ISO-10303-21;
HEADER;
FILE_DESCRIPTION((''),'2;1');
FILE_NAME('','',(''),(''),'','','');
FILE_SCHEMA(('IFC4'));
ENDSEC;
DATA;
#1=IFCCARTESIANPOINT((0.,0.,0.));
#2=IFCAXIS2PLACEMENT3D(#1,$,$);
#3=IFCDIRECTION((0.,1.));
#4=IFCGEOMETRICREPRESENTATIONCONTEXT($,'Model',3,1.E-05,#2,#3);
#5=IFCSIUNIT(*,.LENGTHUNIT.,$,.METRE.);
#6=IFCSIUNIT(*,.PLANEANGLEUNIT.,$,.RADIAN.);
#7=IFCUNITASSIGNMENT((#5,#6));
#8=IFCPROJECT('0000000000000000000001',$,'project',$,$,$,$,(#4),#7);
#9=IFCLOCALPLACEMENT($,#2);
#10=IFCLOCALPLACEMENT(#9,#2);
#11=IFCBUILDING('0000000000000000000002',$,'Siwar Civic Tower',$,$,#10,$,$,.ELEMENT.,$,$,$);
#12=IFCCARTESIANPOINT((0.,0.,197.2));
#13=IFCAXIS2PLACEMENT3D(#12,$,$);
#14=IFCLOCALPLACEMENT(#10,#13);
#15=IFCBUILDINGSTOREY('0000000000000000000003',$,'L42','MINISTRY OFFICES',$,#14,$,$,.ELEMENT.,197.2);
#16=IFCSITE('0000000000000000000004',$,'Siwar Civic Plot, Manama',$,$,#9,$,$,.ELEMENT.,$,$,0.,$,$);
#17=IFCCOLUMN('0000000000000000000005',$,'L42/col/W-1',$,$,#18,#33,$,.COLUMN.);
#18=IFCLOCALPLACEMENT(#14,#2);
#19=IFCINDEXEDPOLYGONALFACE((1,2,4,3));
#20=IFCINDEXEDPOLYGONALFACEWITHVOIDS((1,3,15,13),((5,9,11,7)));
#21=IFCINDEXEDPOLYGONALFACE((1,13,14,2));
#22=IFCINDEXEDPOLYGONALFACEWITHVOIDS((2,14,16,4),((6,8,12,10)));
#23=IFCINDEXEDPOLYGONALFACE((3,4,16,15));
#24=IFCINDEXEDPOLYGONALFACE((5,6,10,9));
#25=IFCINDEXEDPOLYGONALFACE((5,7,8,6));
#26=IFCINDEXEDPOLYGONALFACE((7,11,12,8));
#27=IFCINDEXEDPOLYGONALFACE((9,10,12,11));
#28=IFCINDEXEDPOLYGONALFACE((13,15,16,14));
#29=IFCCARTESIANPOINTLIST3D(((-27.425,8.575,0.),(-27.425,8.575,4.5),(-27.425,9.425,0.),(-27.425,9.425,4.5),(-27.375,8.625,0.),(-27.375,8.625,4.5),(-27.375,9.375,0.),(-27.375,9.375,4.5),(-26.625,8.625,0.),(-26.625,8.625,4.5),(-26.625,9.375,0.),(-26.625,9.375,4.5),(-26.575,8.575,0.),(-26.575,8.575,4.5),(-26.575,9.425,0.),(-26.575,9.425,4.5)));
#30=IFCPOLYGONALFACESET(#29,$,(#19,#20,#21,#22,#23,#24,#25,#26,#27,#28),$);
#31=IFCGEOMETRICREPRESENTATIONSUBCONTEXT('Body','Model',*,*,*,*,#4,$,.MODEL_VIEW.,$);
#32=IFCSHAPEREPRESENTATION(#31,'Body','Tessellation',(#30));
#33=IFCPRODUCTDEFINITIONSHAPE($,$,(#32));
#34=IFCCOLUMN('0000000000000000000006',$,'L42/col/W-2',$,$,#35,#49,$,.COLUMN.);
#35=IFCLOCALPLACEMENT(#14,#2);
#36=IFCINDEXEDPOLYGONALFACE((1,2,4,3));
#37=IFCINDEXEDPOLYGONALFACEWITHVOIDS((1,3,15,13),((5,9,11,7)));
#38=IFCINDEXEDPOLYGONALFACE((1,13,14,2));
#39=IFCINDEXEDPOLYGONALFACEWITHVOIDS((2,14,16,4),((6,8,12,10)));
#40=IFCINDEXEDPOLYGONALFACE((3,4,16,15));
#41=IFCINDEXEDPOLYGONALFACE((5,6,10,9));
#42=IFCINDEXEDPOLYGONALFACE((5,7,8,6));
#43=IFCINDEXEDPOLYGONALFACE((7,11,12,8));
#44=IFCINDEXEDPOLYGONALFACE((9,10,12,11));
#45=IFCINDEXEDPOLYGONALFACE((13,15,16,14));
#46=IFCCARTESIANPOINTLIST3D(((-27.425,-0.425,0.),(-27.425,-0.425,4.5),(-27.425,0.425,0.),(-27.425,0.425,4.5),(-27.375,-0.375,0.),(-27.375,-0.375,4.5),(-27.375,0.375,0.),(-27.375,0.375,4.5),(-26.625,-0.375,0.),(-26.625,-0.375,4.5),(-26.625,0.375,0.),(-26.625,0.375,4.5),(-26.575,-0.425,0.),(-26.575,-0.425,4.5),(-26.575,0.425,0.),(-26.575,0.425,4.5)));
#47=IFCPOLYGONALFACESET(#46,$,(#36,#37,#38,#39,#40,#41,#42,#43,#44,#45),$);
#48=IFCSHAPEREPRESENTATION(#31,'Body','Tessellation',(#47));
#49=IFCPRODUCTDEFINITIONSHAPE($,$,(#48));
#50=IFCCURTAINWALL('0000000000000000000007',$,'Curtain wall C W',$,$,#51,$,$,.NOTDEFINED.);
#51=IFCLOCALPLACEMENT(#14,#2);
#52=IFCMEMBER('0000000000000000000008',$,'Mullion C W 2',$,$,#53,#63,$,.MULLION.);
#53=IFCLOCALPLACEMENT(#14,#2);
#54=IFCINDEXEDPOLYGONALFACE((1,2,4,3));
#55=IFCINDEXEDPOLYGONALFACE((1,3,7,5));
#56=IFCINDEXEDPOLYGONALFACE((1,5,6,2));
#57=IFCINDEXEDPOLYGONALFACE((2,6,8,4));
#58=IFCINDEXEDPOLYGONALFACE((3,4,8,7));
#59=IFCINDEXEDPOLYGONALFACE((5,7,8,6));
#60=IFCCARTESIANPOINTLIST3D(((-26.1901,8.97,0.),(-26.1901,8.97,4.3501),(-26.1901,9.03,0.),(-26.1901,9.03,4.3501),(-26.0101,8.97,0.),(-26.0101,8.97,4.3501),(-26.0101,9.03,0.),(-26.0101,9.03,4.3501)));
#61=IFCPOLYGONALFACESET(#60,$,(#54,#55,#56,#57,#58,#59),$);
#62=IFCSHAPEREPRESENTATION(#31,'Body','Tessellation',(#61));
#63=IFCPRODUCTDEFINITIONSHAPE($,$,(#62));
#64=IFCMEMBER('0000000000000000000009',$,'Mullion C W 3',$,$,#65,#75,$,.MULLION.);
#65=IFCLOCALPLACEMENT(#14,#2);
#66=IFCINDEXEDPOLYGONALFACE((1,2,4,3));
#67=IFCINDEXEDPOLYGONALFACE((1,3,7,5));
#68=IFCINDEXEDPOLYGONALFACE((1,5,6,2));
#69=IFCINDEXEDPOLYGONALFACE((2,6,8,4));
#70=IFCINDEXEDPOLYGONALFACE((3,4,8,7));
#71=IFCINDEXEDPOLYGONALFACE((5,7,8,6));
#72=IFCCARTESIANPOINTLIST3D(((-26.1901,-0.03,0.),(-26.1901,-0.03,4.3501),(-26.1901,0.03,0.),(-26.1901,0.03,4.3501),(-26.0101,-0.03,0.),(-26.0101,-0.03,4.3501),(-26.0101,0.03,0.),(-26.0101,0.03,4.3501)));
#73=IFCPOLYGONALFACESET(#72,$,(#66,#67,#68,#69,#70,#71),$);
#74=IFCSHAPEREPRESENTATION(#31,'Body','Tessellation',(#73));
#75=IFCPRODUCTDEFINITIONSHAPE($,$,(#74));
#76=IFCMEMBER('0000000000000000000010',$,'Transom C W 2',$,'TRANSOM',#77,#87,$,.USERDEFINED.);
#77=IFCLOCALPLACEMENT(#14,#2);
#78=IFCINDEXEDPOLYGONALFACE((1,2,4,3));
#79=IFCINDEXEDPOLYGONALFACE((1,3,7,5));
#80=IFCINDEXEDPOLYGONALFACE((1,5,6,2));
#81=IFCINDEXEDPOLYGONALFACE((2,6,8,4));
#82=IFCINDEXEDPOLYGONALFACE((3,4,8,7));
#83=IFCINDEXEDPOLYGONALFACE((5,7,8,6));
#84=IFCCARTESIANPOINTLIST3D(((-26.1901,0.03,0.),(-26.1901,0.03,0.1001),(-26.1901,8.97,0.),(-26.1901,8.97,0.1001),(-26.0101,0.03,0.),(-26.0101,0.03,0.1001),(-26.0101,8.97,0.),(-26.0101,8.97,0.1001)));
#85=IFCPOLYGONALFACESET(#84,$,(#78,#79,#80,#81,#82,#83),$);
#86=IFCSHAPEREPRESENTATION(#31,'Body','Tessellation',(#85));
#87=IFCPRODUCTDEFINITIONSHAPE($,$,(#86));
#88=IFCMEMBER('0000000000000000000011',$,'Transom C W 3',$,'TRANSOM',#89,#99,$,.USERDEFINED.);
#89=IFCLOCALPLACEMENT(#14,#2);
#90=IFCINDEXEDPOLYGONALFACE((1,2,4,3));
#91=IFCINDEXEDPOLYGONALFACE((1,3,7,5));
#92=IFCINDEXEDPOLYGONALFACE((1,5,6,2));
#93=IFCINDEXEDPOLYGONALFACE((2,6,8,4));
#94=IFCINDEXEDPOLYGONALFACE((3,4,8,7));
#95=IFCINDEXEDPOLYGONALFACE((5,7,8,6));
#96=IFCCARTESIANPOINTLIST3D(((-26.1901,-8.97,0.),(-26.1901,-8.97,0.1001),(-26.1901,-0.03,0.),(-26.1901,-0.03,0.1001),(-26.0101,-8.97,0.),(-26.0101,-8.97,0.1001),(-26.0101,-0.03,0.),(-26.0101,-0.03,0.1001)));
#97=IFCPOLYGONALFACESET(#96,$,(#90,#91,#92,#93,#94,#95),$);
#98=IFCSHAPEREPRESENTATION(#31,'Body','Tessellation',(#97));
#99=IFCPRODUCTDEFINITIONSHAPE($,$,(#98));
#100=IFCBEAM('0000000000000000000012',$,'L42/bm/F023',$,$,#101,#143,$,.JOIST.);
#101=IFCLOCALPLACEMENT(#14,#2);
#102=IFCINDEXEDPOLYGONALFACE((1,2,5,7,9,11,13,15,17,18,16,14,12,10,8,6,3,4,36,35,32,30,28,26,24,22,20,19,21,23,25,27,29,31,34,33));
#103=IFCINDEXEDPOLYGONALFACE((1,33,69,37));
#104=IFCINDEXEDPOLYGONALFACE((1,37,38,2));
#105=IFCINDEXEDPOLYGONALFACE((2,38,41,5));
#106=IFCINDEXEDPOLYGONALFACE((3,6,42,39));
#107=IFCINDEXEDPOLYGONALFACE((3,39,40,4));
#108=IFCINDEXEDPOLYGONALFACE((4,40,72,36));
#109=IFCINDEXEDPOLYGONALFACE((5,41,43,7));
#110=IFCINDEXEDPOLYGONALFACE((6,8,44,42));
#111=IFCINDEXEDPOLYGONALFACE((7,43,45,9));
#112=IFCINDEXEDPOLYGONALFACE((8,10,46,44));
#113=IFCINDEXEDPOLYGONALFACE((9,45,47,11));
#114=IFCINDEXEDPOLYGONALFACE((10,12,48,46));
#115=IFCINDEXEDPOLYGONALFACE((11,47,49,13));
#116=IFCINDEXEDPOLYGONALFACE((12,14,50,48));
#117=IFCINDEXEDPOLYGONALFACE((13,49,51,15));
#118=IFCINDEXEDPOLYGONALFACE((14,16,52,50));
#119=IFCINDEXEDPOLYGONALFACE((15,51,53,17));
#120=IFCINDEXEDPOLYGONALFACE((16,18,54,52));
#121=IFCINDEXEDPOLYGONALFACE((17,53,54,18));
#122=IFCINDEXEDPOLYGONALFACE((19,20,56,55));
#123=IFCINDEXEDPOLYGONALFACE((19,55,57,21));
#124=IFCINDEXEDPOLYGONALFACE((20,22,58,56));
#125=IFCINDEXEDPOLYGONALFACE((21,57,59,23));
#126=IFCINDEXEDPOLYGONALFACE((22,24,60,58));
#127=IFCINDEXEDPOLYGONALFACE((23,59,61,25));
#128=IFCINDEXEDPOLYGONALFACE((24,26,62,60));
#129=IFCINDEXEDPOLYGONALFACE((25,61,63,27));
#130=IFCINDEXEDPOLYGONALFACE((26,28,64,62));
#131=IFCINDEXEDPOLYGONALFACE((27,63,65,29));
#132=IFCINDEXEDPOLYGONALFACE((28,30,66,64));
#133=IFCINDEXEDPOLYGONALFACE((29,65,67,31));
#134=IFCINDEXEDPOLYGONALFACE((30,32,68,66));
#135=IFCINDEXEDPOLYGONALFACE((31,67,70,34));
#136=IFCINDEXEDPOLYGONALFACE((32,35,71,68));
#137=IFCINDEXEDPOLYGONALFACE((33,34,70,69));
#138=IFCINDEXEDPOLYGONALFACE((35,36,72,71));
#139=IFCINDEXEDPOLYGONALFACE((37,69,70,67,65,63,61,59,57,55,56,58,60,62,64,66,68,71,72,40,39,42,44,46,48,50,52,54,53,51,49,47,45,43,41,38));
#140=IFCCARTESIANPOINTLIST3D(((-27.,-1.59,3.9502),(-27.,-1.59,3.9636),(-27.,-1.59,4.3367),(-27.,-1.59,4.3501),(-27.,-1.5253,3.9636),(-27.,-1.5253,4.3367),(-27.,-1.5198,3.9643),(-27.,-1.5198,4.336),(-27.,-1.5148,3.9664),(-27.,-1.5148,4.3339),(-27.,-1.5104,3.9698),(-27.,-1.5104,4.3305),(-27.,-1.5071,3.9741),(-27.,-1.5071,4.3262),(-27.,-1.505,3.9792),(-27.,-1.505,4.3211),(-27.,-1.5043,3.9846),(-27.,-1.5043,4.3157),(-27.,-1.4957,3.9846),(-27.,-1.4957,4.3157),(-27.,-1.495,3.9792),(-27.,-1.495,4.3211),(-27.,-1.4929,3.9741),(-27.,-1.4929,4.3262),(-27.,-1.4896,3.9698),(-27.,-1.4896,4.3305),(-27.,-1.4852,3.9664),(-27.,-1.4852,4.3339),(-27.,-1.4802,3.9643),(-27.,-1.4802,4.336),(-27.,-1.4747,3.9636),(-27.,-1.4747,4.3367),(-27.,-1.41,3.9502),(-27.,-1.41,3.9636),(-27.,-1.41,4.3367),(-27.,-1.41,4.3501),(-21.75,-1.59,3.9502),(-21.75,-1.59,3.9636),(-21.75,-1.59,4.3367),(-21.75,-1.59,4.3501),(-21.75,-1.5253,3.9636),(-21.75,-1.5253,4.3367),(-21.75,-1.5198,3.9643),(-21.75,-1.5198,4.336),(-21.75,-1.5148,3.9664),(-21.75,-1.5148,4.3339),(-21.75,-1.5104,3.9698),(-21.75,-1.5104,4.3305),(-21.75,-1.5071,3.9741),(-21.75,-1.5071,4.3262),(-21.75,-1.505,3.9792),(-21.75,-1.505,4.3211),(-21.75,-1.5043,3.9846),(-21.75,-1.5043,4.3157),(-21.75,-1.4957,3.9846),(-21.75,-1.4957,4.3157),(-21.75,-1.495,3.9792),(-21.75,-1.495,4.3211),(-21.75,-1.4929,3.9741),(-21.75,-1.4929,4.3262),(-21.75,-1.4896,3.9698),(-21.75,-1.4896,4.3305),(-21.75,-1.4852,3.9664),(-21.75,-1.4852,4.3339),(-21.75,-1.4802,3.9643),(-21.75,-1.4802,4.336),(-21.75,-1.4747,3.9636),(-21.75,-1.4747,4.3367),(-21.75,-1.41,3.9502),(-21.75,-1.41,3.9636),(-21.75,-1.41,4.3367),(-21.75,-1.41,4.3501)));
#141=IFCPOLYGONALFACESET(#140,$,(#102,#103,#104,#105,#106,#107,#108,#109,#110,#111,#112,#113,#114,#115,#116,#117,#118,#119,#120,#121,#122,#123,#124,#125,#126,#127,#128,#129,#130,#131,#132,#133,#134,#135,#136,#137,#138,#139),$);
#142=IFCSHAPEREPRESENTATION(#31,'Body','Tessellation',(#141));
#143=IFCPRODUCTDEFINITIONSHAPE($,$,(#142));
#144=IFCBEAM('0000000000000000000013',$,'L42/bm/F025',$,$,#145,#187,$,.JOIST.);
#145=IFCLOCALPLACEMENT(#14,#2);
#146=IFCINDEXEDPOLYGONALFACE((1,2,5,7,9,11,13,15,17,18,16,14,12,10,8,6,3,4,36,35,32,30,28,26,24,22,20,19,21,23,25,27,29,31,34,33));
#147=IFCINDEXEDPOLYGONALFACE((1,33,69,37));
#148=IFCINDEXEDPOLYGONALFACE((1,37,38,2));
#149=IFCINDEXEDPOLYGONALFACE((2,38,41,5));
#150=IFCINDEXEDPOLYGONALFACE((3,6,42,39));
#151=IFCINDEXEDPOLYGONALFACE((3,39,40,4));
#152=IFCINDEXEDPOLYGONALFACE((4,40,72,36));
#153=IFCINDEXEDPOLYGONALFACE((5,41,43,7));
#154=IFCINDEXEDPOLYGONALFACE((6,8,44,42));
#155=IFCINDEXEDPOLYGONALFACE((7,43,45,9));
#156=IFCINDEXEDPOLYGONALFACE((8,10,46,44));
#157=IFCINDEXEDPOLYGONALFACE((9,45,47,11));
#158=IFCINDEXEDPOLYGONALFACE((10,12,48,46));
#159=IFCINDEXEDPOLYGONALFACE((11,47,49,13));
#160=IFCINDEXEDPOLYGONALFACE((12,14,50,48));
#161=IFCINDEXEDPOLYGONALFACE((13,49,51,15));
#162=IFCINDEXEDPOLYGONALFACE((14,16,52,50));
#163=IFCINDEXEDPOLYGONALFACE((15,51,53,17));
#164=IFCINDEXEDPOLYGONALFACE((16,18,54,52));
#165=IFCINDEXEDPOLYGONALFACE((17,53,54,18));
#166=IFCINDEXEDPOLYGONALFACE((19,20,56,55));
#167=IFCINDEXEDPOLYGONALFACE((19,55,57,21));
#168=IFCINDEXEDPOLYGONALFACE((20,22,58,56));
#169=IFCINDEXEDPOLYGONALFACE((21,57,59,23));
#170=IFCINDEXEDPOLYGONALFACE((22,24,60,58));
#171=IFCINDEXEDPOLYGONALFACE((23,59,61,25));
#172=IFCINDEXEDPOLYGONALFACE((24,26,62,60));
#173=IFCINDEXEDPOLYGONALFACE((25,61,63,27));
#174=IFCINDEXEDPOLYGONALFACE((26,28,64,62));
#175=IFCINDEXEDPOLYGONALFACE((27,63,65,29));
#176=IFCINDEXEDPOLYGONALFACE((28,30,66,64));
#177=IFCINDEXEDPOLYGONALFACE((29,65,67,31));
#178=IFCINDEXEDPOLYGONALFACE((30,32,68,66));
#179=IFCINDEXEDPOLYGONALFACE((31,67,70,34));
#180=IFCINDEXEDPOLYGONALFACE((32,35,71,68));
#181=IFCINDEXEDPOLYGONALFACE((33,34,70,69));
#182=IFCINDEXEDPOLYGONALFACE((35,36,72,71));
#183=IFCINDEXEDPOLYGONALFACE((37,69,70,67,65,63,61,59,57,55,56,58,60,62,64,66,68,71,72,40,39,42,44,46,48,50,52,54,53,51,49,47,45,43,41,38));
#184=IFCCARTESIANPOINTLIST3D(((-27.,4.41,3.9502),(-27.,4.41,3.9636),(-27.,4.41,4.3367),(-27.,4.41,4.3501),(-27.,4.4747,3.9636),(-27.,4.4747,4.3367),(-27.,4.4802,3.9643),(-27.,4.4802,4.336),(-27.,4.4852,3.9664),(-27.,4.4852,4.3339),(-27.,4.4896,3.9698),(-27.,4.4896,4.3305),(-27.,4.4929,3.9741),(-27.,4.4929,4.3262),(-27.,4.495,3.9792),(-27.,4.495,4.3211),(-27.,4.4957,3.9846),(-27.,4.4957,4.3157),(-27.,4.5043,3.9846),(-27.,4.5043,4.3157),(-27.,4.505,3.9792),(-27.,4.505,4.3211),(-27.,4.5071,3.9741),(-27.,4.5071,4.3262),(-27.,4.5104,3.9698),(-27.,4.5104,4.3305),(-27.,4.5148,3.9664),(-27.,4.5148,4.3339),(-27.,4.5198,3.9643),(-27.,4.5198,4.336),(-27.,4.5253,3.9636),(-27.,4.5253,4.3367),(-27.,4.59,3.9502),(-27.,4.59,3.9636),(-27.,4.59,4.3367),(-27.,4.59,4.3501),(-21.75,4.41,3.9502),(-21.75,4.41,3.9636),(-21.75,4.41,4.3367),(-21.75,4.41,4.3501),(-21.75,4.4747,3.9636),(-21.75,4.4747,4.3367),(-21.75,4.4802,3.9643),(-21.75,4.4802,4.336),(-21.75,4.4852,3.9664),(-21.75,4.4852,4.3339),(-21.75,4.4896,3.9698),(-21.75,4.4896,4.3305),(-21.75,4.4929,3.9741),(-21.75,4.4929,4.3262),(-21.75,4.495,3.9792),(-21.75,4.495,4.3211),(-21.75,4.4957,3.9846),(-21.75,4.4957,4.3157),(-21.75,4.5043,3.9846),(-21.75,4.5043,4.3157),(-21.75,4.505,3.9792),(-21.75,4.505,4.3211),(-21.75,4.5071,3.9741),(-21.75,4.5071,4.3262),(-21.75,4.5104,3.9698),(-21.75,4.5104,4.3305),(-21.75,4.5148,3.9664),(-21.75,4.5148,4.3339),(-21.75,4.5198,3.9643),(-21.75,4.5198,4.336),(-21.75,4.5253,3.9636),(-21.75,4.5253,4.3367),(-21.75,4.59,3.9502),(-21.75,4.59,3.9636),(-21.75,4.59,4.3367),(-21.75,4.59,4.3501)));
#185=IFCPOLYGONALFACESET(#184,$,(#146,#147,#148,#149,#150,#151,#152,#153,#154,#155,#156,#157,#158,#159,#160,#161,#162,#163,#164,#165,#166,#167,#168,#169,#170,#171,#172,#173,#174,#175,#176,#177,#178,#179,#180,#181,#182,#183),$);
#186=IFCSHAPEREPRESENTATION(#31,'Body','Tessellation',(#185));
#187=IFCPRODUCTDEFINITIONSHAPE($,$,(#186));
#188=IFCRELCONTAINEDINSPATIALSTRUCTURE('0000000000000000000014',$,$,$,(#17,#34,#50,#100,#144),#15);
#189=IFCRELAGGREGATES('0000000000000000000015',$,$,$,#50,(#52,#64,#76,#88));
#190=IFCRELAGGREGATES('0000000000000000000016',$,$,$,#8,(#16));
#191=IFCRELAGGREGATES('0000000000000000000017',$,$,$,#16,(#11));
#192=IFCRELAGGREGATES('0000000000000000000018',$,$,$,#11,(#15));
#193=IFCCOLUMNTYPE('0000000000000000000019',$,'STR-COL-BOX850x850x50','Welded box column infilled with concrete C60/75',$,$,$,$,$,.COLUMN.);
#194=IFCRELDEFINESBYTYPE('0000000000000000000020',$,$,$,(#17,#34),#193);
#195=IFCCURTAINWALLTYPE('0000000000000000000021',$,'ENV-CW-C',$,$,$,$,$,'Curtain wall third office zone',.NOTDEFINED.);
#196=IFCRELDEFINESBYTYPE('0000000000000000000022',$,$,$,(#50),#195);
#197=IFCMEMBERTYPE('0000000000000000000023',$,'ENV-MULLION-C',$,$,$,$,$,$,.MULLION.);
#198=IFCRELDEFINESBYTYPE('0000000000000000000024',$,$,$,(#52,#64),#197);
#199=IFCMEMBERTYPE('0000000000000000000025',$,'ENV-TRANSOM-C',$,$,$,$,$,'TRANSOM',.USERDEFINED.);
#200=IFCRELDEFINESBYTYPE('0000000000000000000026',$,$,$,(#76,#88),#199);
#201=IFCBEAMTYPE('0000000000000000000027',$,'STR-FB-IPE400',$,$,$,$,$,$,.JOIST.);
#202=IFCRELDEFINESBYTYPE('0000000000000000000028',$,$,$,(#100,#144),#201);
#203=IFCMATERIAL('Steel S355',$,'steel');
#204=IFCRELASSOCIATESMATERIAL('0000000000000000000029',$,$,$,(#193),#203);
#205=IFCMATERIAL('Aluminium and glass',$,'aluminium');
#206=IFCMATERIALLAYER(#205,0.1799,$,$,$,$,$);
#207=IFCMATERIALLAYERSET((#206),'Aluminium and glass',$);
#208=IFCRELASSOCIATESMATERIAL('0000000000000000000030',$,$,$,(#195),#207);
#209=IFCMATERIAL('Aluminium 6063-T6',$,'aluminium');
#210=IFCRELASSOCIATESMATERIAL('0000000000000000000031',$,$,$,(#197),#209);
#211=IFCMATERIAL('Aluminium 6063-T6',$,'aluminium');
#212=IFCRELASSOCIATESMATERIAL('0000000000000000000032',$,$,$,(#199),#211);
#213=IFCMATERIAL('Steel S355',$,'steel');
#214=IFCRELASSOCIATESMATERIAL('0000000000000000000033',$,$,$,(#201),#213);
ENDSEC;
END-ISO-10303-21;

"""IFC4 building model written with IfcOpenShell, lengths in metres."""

from ifc_helpers import new_model, si_unit, direction, frame, origin, origin_2d, place, context, subcontext, project, spatial, rectangle, hollow_rectangle, i_section, extrude, material, layer, layer_set, material_profile, profile_set, type_object, element, aggregate, save


model = new_model("IFC4")

# Units and contexts
model_context = context("Model", 3, precision=1e-05, world=origin(), true_north=direction((0.0, 1.0)))
body_context = subcontext(model_context, "Body", "Model", "MODEL_VIEW")
ifc_project = project(units=[si_unit("LENGTHUNIT", "METRE"), si_unit("PLANEANGLEUNIT", "RADIAN")], contexts=[model_context])

# Site, building, storey
site_placement = place(None, origin())
site = spatial("IfcSite", under=ifc_project, at=site_placement, Name="Siwar Civic Plot, Manama", CompositionType="ELEMENT", RefElevation=0.0)
building_placement = place(site_placement, origin())
building = spatial("IfcBuilding", under=site, at=building_placement, Name="Siwar Civic Tower", CompositionType="ELEMENT")
storey_placement = place(building_placement, frame((0.0, 0.0, 197.2)))
storey = spatial("IfcBuildingStorey", under=building, at=storey_placement, Name="L42", Description="MINISTRY OFFICES", CompositionType="ELEMENT", Elevation=197.2)

# Columns
ifc_material_1 = material(Name="Steel S355", Category="steel")
ifc_material_profile_1 = material_profile(ifc_material_1, hollow_rectangle(XDim=0.8501, YDim=0.8501, WallThickness=0.05, at=origin_2d()), Name="BOX850x850x50")
ifc_profile_set_1 = profile_set([ifc_material_profile_1], Name="Steel S355")
column_type = type_object("IfcColumnType", Name="STR-COL-BOX850x850x50", Description="Welded box column infilled with concrete C60/75", PredefinedType="COLUMN", material=ifc_profile_set_1)
for number, where, z_axis, x_axis, name in (
    (1, (-27.0, 9.0, 0.0), (0.0, 0.0, 1.0), (1.0, 0.0, 0.0), "L42/col/W-1"),
    (2, (-27.0, 0.0, 0.0), (0.0, 0.0, 1.0), (1.0, 0.0, 0.0), "L42/col/W-2"),
):
    element("IfcColumn", number, at=place(storey_placement, frame(where, z_axis=z_axis, x_axis=x_axis)), inside=storey, type_object=column_type, Name=name, PredefinedType="COLUMN", context=body_context, shape_type="SweptSolid", body=[
        extrude(hollow_rectangle(XDim=0.8501, YDim=0.8501, WallThickness=0.05, at=origin_2d()), origin(), (0.0, 0.0, 1.0), 4.5),
    ])

# Curtain wall, members
ifc_material_2 = material(Name="Aluminium and glass", Category="aluminium")
ifc_layer_1 = layer(ifc_material_2, 0.1799)
ifc_layer_set_1 = layer_set([ifc_layer_1], Name="Aluminium and glass")
curtain_wall_type = type_object("IfcCurtainWallType", Name="ENV-CW-C", ElementType="Curtain wall third office zone", PredefinedType="NOTDEFINED", material=ifc_layer_set_1)
curtain_wall_placement = place(storey_placement, origin())
curtain_wall = element("IfcCurtainWall", 3, at=curtain_wall_placement, inside=storey, type_object=curtain_wall_type, Name="Curtain wall C W", PredefinedType="NOTDEFINED")
ifc_material_3 = material(Name="Aluminium 6063-T6", Category="aluminium")
ifc_material_profile_2 = material_profile(ifc_material_3, rectangle(XDim=0.1799, YDim=0.0601, at=origin_2d()), Name="AL 180x60")
ifc_profile_set_2 = profile_set([ifc_material_profile_2], Name="Aluminium 6063-T6")
member_type_1 = type_object("IfcMemberType", Name="ENV-MULLION-C", PredefinedType="MULLION", material=ifc_profile_set_2)
member_1_placement = place(storey_placement, frame((-26.1001, 9.0, 0.0), z_axis=(0.0, 0.0, 1.0), x_axis=(1.0, 0.0, 0.0)))
member_1 = element("IfcMember", 4, at=member_1_placement, type_object=member_type_1, Name="Mullion C W 2", PredefinedType="MULLION", context=body_context, shape_type="SweptSolid", body=[
    extrude(rectangle(XDim=0.1799, YDim=0.0601, at=origin_2d()), origin(), (0.0, 0.0, 1.0), 4.3501),
])
member_2_placement = place(storey_placement, frame((-26.1001, 0.0, 0.0), z_axis=(0.0, 0.0, 1.0), x_axis=(1.0, 0.0, 0.0)))
member_2 = element("IfcMember", 5, at=member_2_placement, type_object=member_type_1, Name="Mullion C W 3", PredefinedType="MULLION", context=body_context, shape_type="SweptSolid", body=[
    extrude(rectangle(XDim=0.1799, YDim=0.0601, at=origin_2d()), origin(), (0.0, 0.0, 1.0), 4.3501),
])
ifc_material_4 = material(Name="Aluminium 6063-T6", Category="aluminium")
ifc_material_profile_3 = material_profile(ifc_material_4, rectangle(XDim=0.1799, YDim=0.1001, at=origin_2d()), Name="AL 180x100")
ifc_profile_set_3 = profile_set([ifc_material_profile_3], Name="Aluminium 6063-T6")
member_type_2 = type_object("IfcMemberType", Name="ENV-TRANSOM-C", ElementType="TRANSOM", PredefinedType="USERDEFINED", material=ifc_profile_set_3)
member_3_placement = place(storey_placement, frame((-26.1001, 8.97, 0.05), z_axis=(0.0, -1.0, 0.0), x_axis=(1.0, 0.0, 0.0)))
member_3 = element("IfcMember", 6, at=member_3_placement, type_object=member_type_2, Name="Transom C W 2", ObjectType="TRANSOM", PredefinedType="USERDEFINED", context=body_context, shape_type="SweptSolid", body=[
    extrude(rectangle(XDim=0.1799, YDim=0.1001, at=origin_2d()), origin(), (0.0, 0.0, 1.0), 8.9399),
])
member_4_placement = place(storey_placement, frame((-26.1001, -0.03, 0.05), z_axis=(0.0, -1.0, 0.0), x_axis=(1.0, 0.0, 0.0)))
member_4 = element("IfcMember", 7, at=member_4_placement, type_object=member_type_2, Name="Transom C W 3", ObjectType="TRANSOM", PredefinedType="USERDEFINED", context=body_context, shape_type="SweptSolid", body=[
    extrude(rectangle(XDim=0.1799, YDim=0.1001, at=origin_2d()), origin(), (0.0, 0.0, 1.0), 8.9399),
])

# Beams
ifc_material_5 = material(Name="Steel S355", Category="steel")
ifc_material_profile_4 = material_profile(ifc_material_5, i_section(OverallWidth=0.1799, OverallDepth=0.3999, WebThickness=0.0085, FlangeThickness=0.0134, FilletRadius=0.021, at=origin_2d()), Name="IPE400")
ifc_profile_set_4 = profile_set([ifc_material_profile_4], Name="Steel S355")
beam_type_1 = type_object("IfcBeamType", Name="STR-FB-IPE400", PredefinedType="JOIST", material=ifc_profile_set_4)
for number, where, z_axis, x_axis, name in (
    (8, (-27.0, -1.5, 4.1501), (1.0, 0.0, 0.0), (0.0, 1.0, 0.0), "L42/bm/F023"),
    (9, (-27.0, 4.5, 4.1501), (1.0, 0.0, 0.0), (0.0, 1.0, 0.0), "L42/bm/F025"),
):
    element("IfcBeam", number, at=place(storey_placement, frame(where, z_axis=z_axis, x_axis=x_axis)), inside=storey, type_object=beam_type_1, Name=name, PredefinedType="JOIST", context=body_context, shape_type="SweptSolid", body=[
        extrude(i_section(OverallWidth=0.1799, OverallDepth=0.3999, WebThickness=0.0085, FlangeThickness=0.0134, FilletRadius=0.021, at=origin_2d()), origin(), (0.0, 0.0, 1.0), 5.25),
    ])

aggregate(curtain_wall, [member_1, member_2, member_3, member_4])

save(model, "model.ifc")
